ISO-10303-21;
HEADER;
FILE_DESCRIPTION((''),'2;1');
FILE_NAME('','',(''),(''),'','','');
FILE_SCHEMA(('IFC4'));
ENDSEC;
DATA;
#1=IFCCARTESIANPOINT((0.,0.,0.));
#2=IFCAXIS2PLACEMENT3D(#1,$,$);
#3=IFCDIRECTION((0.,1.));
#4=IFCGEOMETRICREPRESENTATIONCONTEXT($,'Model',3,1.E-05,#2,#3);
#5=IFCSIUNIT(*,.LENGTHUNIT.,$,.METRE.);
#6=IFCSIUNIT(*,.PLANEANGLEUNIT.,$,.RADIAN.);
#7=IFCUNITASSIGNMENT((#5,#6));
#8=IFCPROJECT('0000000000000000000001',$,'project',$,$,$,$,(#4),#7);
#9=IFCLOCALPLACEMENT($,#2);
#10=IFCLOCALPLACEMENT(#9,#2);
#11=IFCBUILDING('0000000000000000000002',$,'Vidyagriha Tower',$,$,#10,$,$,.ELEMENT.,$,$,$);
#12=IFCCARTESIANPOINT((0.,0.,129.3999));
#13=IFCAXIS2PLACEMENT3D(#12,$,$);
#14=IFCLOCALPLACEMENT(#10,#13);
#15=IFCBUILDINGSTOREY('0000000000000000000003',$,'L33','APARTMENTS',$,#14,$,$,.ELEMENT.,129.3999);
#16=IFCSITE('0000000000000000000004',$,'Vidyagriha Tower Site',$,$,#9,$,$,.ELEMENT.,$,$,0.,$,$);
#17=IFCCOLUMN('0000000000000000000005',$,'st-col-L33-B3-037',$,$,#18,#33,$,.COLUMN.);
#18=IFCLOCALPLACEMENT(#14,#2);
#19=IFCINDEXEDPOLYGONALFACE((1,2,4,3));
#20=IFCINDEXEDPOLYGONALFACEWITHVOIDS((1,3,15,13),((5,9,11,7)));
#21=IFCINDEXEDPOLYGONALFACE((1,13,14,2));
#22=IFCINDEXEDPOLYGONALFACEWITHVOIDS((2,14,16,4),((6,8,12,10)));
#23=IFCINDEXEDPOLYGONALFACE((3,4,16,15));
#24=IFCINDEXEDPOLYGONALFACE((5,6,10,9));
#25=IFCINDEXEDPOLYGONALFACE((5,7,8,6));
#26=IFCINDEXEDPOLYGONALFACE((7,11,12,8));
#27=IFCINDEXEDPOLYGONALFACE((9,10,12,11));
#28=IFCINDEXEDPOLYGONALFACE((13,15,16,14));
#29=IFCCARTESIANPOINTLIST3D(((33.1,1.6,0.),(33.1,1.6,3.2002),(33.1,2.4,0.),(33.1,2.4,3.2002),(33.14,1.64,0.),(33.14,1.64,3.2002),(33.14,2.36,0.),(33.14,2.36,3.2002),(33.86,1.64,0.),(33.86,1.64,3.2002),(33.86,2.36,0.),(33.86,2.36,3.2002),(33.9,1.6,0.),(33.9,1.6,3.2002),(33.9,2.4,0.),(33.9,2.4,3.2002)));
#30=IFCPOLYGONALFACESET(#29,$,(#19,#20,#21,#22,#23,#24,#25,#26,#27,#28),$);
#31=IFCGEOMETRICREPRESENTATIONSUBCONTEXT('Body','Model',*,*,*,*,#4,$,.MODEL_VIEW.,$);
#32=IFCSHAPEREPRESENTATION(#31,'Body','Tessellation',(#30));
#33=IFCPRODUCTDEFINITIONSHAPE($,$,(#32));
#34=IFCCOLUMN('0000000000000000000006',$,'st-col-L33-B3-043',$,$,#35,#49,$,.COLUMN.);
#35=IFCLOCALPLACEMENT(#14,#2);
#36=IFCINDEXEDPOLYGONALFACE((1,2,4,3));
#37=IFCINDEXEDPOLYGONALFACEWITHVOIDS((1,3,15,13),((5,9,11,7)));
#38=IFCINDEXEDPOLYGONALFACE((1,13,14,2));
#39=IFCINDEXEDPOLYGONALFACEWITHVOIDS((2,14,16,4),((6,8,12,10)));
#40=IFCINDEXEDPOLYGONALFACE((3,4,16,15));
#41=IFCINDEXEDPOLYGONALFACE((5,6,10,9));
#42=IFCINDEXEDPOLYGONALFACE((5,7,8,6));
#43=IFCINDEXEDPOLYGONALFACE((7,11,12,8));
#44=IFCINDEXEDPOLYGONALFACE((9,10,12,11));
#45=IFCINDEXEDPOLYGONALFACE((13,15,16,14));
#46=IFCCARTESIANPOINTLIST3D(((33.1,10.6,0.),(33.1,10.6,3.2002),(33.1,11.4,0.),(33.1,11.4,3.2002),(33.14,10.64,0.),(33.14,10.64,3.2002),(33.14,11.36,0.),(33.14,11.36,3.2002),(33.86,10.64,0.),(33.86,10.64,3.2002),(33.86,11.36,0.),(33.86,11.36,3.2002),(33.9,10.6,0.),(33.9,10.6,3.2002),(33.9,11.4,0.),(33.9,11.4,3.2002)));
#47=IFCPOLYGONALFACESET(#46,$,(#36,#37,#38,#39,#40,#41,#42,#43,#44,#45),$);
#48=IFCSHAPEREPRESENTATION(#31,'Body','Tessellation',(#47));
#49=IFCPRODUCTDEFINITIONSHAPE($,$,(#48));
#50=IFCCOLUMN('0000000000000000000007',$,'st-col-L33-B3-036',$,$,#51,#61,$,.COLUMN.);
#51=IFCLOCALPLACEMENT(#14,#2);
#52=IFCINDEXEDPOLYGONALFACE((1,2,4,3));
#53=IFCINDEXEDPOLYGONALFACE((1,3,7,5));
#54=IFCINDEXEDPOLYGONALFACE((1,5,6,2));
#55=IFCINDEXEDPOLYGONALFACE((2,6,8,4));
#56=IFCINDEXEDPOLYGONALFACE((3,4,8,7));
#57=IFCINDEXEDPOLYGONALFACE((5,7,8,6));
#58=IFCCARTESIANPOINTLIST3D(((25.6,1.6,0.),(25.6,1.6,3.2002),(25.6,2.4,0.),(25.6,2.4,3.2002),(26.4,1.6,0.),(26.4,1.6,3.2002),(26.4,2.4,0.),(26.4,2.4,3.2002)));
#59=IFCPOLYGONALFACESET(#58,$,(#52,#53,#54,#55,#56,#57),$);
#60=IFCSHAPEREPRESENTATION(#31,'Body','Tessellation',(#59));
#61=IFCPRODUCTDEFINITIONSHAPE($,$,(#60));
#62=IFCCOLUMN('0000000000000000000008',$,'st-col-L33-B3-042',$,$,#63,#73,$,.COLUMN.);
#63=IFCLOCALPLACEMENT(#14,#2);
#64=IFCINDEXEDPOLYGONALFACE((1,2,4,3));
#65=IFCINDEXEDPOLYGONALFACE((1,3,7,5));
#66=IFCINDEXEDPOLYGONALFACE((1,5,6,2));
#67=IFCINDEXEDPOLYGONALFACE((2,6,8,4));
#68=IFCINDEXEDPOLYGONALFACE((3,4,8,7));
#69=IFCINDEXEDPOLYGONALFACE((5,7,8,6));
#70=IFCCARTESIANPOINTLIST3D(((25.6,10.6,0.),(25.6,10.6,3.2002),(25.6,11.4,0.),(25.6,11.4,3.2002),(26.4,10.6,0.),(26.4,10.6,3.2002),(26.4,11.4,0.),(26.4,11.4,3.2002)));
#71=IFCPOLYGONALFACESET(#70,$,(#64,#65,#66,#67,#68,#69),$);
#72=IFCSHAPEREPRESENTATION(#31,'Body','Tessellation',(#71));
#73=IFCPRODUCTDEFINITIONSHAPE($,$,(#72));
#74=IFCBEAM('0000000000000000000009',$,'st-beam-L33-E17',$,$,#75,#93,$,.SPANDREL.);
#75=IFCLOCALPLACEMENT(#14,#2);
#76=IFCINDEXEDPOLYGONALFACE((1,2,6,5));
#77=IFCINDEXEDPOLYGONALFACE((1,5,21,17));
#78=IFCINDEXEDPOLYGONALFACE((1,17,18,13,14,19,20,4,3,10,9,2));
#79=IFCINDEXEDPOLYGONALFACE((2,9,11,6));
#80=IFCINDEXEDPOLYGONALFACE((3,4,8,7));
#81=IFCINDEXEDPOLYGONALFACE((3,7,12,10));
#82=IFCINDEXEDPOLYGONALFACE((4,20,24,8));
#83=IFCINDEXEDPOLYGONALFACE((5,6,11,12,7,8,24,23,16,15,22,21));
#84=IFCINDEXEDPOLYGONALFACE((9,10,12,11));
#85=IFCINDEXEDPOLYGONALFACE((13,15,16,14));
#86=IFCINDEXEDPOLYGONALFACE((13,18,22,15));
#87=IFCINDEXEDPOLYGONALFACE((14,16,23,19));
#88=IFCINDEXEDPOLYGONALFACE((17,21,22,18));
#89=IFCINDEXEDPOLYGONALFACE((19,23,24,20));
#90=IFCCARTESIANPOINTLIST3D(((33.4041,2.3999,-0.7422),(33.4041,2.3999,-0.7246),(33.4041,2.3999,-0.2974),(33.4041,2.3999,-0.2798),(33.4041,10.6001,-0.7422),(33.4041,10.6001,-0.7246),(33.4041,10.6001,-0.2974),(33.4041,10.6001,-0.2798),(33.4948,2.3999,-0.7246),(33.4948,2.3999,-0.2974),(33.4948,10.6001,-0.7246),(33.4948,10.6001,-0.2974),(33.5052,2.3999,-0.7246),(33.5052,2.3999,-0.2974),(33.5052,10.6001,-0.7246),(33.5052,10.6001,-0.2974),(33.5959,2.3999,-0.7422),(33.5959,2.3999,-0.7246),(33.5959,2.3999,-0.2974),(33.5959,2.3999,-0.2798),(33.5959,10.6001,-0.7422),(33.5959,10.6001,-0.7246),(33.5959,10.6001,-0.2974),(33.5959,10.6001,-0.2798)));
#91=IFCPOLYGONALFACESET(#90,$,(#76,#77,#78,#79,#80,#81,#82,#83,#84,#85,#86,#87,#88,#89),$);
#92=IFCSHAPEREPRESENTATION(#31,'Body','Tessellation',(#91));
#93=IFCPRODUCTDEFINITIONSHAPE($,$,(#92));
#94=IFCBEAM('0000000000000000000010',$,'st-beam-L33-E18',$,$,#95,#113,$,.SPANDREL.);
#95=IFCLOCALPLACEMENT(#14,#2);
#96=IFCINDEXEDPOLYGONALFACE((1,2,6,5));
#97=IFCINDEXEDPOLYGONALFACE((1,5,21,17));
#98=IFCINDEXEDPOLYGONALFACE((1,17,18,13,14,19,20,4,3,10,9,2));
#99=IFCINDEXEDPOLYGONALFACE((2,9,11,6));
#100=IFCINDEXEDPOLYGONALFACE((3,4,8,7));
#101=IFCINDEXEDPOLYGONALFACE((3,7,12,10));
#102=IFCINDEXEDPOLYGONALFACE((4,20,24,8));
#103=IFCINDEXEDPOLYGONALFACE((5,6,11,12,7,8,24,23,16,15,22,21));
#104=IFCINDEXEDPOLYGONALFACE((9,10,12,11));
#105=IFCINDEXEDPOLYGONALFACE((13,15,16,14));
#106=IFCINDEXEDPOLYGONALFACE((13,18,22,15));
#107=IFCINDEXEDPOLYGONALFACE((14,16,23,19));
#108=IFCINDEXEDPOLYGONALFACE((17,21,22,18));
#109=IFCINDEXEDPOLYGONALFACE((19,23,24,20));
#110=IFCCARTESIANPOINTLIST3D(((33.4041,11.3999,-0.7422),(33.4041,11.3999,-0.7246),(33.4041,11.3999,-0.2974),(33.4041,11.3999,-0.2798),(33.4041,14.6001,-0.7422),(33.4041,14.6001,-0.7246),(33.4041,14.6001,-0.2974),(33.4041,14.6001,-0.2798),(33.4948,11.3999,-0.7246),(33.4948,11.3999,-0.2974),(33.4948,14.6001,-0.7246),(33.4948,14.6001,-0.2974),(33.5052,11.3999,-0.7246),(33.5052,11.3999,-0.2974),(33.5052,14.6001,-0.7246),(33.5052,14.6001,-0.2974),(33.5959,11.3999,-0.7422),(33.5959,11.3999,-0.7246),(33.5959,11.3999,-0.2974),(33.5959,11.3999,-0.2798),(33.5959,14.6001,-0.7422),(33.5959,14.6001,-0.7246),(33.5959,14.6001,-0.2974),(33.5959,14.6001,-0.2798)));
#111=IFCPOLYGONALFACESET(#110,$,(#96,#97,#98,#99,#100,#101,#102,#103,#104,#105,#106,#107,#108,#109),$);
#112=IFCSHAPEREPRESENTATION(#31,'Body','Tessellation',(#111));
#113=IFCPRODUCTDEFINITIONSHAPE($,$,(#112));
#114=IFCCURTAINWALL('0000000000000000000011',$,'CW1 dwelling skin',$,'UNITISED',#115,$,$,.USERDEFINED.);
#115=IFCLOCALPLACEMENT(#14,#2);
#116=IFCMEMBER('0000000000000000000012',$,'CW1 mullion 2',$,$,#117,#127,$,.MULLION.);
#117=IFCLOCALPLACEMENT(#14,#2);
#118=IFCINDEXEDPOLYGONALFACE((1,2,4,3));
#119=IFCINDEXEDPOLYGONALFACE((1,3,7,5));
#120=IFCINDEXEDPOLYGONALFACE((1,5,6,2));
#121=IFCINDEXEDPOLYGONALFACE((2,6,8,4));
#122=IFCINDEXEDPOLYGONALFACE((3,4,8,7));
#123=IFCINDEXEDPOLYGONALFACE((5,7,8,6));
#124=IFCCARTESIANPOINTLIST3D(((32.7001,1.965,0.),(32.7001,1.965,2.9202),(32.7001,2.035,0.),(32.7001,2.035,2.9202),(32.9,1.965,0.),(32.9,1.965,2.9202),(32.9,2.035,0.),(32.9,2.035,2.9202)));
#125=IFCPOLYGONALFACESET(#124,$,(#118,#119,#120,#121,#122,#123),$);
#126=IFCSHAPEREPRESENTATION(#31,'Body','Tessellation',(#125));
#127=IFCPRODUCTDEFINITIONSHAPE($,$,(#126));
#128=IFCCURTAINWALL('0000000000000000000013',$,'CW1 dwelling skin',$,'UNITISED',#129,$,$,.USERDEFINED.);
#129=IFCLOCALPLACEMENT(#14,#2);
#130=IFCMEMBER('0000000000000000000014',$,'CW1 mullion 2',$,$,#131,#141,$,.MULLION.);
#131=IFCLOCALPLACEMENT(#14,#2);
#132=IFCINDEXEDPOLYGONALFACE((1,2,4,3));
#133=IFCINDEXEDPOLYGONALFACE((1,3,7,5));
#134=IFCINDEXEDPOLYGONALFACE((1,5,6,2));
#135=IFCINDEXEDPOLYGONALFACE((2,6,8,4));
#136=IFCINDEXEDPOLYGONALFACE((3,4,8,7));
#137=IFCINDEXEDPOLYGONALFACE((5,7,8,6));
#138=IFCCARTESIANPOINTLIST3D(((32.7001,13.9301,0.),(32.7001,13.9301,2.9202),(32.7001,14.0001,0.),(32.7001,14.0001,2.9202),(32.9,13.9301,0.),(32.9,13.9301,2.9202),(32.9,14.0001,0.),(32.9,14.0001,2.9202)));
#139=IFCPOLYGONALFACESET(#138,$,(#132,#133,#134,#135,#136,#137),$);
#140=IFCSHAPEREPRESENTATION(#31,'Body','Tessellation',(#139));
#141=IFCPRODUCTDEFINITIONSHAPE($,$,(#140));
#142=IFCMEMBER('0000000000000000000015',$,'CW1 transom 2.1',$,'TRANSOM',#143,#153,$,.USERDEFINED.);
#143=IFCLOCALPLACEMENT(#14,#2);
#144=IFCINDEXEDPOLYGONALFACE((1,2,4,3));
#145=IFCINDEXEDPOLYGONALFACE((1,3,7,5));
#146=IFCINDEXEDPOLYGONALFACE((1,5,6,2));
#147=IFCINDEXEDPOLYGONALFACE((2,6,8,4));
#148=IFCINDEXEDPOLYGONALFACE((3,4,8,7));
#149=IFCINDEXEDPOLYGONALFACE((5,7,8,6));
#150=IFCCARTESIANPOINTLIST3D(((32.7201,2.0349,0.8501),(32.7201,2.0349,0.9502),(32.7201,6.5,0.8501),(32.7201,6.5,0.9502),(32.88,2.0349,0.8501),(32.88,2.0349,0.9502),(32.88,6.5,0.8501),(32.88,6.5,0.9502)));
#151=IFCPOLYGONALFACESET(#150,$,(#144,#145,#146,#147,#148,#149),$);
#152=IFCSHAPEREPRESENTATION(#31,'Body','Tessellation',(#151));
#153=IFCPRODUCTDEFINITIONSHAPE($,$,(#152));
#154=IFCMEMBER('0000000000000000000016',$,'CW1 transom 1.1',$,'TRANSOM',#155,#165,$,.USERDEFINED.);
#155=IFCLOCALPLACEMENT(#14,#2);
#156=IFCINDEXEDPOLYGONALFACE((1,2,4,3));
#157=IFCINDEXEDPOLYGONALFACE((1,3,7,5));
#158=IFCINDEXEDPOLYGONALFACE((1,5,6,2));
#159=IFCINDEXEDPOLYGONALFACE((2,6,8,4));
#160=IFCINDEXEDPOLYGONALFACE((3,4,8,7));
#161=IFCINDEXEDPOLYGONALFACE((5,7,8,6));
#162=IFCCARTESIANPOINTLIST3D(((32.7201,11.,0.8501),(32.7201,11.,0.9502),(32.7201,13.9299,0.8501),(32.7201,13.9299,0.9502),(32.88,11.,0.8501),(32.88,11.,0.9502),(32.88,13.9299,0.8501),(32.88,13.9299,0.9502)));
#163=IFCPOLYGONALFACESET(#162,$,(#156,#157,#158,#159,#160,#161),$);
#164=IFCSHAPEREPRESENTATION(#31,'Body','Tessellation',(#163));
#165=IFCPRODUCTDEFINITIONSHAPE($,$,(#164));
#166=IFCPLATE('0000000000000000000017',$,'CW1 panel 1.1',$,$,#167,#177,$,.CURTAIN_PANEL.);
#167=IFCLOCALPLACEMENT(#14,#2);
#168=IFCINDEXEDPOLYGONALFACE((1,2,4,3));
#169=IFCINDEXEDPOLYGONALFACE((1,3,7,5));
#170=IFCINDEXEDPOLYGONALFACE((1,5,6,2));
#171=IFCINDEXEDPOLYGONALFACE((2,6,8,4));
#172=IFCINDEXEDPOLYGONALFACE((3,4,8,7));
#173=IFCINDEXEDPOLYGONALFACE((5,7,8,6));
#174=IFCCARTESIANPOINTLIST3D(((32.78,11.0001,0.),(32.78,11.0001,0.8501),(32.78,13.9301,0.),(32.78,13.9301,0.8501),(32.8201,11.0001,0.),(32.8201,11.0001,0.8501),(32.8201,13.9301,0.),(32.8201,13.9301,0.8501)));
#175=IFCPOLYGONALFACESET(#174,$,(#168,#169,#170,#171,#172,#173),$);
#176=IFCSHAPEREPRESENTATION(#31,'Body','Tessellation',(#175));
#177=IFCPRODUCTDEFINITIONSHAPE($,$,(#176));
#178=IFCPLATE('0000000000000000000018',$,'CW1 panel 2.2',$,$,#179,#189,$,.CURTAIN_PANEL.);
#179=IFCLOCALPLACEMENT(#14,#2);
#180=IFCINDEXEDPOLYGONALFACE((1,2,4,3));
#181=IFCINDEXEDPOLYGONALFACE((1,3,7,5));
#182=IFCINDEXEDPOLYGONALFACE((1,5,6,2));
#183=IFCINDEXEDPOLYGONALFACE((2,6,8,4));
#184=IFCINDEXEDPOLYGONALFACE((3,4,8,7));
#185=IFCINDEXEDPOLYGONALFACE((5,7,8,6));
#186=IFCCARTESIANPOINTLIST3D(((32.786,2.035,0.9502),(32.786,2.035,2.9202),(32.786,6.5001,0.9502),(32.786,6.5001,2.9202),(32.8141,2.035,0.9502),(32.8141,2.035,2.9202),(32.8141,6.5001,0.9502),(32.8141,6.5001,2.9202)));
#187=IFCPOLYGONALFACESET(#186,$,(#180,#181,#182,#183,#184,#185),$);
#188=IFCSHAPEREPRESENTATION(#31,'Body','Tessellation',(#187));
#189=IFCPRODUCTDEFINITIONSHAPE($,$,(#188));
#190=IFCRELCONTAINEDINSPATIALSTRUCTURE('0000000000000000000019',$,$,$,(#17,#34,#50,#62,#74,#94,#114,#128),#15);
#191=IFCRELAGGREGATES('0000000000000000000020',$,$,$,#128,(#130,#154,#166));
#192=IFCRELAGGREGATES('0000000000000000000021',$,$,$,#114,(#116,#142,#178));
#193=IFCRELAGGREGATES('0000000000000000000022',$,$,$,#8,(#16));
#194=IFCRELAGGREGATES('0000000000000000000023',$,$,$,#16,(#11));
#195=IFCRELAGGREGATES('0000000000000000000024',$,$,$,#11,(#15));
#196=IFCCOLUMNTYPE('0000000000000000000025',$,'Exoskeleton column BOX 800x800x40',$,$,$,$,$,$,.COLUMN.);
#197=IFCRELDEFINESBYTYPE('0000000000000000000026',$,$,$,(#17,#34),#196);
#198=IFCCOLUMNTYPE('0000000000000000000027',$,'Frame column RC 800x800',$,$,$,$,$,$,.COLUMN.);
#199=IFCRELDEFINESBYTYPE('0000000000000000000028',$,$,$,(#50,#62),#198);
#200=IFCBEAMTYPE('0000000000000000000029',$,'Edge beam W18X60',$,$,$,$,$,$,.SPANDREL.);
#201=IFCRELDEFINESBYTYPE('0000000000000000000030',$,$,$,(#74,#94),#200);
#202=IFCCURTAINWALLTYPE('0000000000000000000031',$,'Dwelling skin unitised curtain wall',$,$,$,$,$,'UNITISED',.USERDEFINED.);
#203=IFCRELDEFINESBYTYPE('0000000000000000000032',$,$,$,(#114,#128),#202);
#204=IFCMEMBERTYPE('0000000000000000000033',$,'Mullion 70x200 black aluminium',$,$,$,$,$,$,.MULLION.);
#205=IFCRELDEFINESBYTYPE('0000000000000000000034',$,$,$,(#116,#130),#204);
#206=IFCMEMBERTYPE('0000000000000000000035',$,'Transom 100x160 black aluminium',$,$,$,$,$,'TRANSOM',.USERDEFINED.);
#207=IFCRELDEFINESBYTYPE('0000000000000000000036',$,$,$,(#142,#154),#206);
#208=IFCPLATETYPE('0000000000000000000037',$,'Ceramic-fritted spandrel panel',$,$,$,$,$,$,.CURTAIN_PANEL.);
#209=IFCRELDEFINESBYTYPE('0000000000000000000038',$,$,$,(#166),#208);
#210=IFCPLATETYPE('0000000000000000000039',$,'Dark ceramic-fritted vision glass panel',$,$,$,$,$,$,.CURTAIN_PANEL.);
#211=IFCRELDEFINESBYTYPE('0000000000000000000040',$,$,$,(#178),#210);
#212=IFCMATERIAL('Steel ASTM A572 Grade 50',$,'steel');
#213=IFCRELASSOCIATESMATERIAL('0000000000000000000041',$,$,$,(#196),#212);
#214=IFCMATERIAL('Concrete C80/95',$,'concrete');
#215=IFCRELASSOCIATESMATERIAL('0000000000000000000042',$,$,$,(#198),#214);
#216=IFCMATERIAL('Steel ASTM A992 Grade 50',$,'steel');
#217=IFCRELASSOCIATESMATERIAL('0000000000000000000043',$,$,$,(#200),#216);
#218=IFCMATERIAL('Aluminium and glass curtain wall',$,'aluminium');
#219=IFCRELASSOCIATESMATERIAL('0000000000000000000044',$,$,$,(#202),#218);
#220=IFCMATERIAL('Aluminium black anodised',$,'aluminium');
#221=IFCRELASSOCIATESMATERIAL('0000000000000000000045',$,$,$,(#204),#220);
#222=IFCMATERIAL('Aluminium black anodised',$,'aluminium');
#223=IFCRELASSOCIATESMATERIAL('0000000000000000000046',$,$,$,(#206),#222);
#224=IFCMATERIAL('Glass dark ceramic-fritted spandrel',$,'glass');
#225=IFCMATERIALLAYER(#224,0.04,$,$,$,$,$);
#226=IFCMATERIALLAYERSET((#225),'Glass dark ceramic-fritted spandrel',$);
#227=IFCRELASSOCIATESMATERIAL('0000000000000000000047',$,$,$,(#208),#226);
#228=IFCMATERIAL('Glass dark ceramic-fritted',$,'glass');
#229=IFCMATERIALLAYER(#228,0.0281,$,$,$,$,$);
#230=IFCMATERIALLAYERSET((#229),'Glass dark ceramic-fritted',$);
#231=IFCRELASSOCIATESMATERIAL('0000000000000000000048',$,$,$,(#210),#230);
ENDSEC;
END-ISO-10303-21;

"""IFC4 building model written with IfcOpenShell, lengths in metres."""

from ifc_helpers import new_model, si_unit, direction, frame, origin, origin_2d, place, context, subcontext, project, spatial, rectangle, hollow_rectangle, i_section, extrude, material, layer, layer_set, material_profile, profile_set, type_object, element, aggregate, save


model = new_model("IFC4")

# Units and contexts
model_context = context("Model", 3, precision=1e-05, world=origin(), true_north=direction((0.0, 1.0)))
body_context = subcontext(model_context, "Body", "Model", "MODEL_VIEW")
ifc_project = project(units=[si_unit("LENGTHUNIT", "METRE"), si_unit("PLANEANGLEUNIT", "RADIAN")], contexts=[model_context])

# Site, building, storey
site_placement = place(None, origin())
site = spatial("IfcSite", under=ifc_project, at=site_placement, Name="Vidyagriha Tower Site", CompositionType="ELEMENT", RefElevation=0.0)
building_placement = place(site_placement, origin())
building = spatial("IfcBuilding", under=site, at=building_placement, Name="Vidyagriha Tower", CompositionType="ELEMENT")
storey_placement = place(building_placement, frame((0.0, 0.0, 129.3999)))
storey = spatial("IfcBuildingStorey", under=building, at=storey_placement, Name="L33", Description="APARTMENTS", CompositionType="ELEMENT", Elevation=129.3999)

# Columns
ifc_material_1 = material(Name="Steel ASTM A572 Grade 50", Category="steel")
ifc_material_profile_1 = material_profile(ifc_material_1, hollow_rectangle(XDim=0.8, YDim=0.8, WallThickness=0.04, at=origin_2d()), Name="BOX 800x800x40")
ifc_profile_set_1 = profile_set([ifc_material_profile_1], Name="Steel ASTM A572 Grade 50")
column_type_1 = type_object("IfcColumnType", Name="Exoskeleton column BOX 800x800x40", PredefinedType="COLUMN", material=ifc_profile_set_1)
for number, where, name in (
    (1, (33.5, 2.0, 0.0), "st-col-L33-B3-037"),
    (2, (33.5, 11.0, 0.0), "st-col-L33-B3-043"),
):
    element("IfcColumn", number, at=place(storey_placement, frame(where)), inside=storey, type_object=column_type_1, Name=name, PredefinedType="COLUMN", context=body_context, shape_type="SweptSolid", body=[
        extrude(hollow_rectangle(XDim=0.8, YDim=0.8, WallThickness=0.04, at=origin_2d()), origin(), (0.0, 0.0, 1.0), 3.2002),
    ])
ifc_material_2 = material(Name="Concrete C80/95", Category="concrete")
ifc_material_profile_2 = material_profile(ifc_material_2, rectangle(XDim=0.8, YDim=0.8, at=origin_2d()), Name="RC 800x800")
ifc_profile_set_2 = profile_set([ifc_material_profile_2], Name="Concrete C80/95")
column_type_2 = type_object("IfcColumnType", Name="Frame column RC 800x800", PredefinedType="COLUMN", material=ifc_profile_set_2)
for number, where, name in (
    (3, (26.0, 2.0, 0.0), "st-col-L33-B3-036"),
    (4, (26.0, 11.0, 0.0), "st-col-L33-B3-042"),
):
    element("IfcColumn", number, at=place(storey_placement, frame(where)), inside=storey, type_object=column_type_2, Name=name, PredefinedType="COLUMN", context=body_context, shape_type="SweptSolid", body=[
        extrude(rectangle(XDim=0.8, YDim=0.8, at=origin_2d()), origin(), (0.0, 0.0, 1.0), 3.2002),
    ])

# Beams
ifc_material_3 = material(Name="Steel ASTM A992 Grade 50", Category="steel")
ifc_material_profile_3 = material_profile(ifc_material_3, i_section(OverallWidth=0.1919, OverallDepth=0.4624, WebThickness=0.0105, FlangeThickness=0.0176, at=origin_2d()), Name="W18X60")
ifc_profile_set_3 = profile_set([ifc_material_profile_3], Name="Steel ASTM A992 Grade 50")
beam_type = type_object("IfcBeamType", Name="Edge beam W18X60", PredefinedType="SPANDREL", material=ifc_profile_set_3)
beam_1_placement = place(storey_placement, frame((33.5, 2.3999, -0.511), z_axis=(0.0, 1.0, 0.0), x_axis=(-1.0, 0.0, 0.0)))
element("IfcBeam", 5, at=beam_1_placement, inside=storey, type_object=beam_type, Name="st-beam-L33-E17", PredefinedType="SPANDREL", context=body_context, shape_type="SweptSolid", body=[
    extrude(i_section(OverallWidth=0.1919, OverallDepth=0.4624, WebThickness=0.0105, FlangeThickness=0.0176, at=origin_2d()), origin(), (0.0, 0.0, 1.0), 8.2002),
])
beam_2_placement = place(storey_placement, frame((33.5, 11.3999, -0.511), z_axis=(0.0, 1.0, 0.0), x_axis=(-1.0, 0.0, 0.0)))
element("IfcBeam", 6, at=beam_2_placement, inside=storey, type_object=beam_type, Name="st-beam-L33-E18", PredefinedType="SPANDREL", context=body_context, shape_type="SweptSolid", body=[
    extrude(i_section(OverallWidth=0.1919, OverallDepth=0.4624, WebThickness=0.0105, FlangeThickness=0.0176, at=origin_2d()), origin(), (0.0, 0.0, 1.0), 3.2002),
])

# Curtain walls, members
ifc_material_4 = material(Name="Aluminium and glass curtain wall", Category="aluminium")
curtain_wall_type = type_object("IfcCurtainWallType", Name="Dwelling skin unitised curtain wall", ElementType="UNITISED", PredefinedType="USERDEFINED", material=ifc_material_4)
curtain_wall_1_placement = place(storey_placement, origin())
curtain_wall_1 = element("IfcCurtainWall", 7, at=curtain_wall_1_placement, inside=storey, type_object=curtain_wall_type, Name="CW1 dwelling skin", ObjectType="UNITISED", PredefinedType="USERDEFINED")
ifc_material_5 = material(Name="Aluminium black anodised", Category="aluminium")
ifc_material_profile_4 = material_profile(ifc_material_5, rectangle(XDim=0.2, YDim=0.0701, at=origin_2d()), Name="Mullion 70x200 black aluminium")
ifc_profile_set_4 = profile_set([ifc_material_profile_4], Name="Aluminium black anodised")
member_type_1 = type_object("IfcMemberType", Name="Mullion 70x200 black aluminium", PredefinedType="MULLION", material=ifc_profile_set_4)
member_1_placement = place(storey_placement, frame((32.8, 2.0, 0.0), z_axis=(0.0, 0.0, 1.0), x_axis=(-1.0, 0.0, 0.0)))
member_1 = element("IfcMember", 8, at=member_1_placement, type_object=member_type_1, Name="CW1 mullion 2", PredefinedType="MULLION", context=body_context, shape_type="SweptSolid", body=[
    extrude(rectangle(XDim=0.2, YDim=0.0701, at=origin_2d()), origin(), (0.0, 0.0, 1.0), 2.9202),
])
curtain_wall_2_placement = place(storey_placement, origin())
curtain_wall_2 = element("IfcCurtainWall", 9, at=curtain_wall_2_placement, inside=storey, type_object=curtain_wall_type, Name="CW1 dwelling skin", ObjectType="UNITISED", PredefinedType="USERDEFINED")
member_2_placement = place(storey_placement, frame((32.8, 13.9651, 0.0), z_axis=(0.0, 0.0, 1.0), x_axis=(-1.0, 0.0, 0.0)))
member_2 = element("IfcMember", 10, at=member_2_placement, type_object=member_type_1, Name="CW1 mullion 2", PredefinedType="MULLION", context=body_context, shape_type="SweptSolid", body=[
    extrude(rectangle(XDim=0.2, YDim=0.0701, at=origin_2d()), origin(), (0.0, 0.0, 1.0), 2.9202),
])

# Members
ifc_material_6 = material(Name="Aluminium black anodised", Category="aluminium")
ifc_material_profile_5 = material_profile(ifc_material_6, rectangle(XDim=0.1599, YDim=0.1001, at=origin_2d()), Name="Transom 100x160 black aluminium")
ifc_profile_set_5 = profile_set([ifc_material_profile_5], Name="Aluminium black anodised")
member_type_2 = type_object("IfcMemberType", Name="Transom 100x160 black aluminium", ElementType="TRANSOM", PredefinedType="USERDEFINED", material=ifc_profile_set_5)
member_3_placement = place(storey_placement, frame((32.8, 2.0349, 0.9001), z_axis=(0.0, 1.0, 0.0), x_axis=(-1.0, 0.0, 0.0)))
member_3 = element("IfcMember", 11, at=member_3_placement, type_object=member_type_2, Name="CW1 transom 2.1", ObjectType="TRANSOM", PredefinedType="USERDEFINED", context=body_context, shape_type="SweptSolid", body=[
    extrude(rectangle(XDim=0.1599, YDim=0.1001, at=origin_2d()), origin(), (0.0, 0.0, 1.0), 4.4651),
])
member_4_placement = place(storey_placement, frame((32.8, 11.0, 0.9001), z_axis=(0.0, 1.0, 0.0), x_axis=(-1.0, 0.0, 0.0)))
member_4 = element("IfcMember", 12, at=member_4_placement, type_object=member_type_2, Name="CW1 transom 1.1", ObjectType="TRANSOM", PredefinedType="USERDEFINED", context=body_context, shape_type="SweptSolid", body=[
    extrude(rectangle(XDim=0.1599, YDim=0.1001, at=origin_2d()), origin(), (0.0, 0.0, 1.0), 2.9299),
])

# Plates
ifc_material_7 = material(Name="Glass dark ceramic-fritted spandrel", Category="glass")
ifc_layer_1 = layer(ifc_material_7, 0.04)
ifc_layer_set_1 = layer_set([ifc_layer_1], Name="Glass dark ceramic-fritted spandrel")
plate_type_1 = type_object("IfcPlateType", Name="Ceramic-fritted spandrel panel", PredefinedType="CURTAIN_PANEL", material=ifc_layer_set_1)
plate_1_placement = place(storey_placement, frame((32.8, 12.4651, 0.0), z_axis=(0.0, 0.0, 1.0), x_axis=(0.0, 1.0, 0.0)))
plate_1 = element("IfcPlate", 13, at=plate_1_placement, type_object=plate_type_1, Name="CW1 panel 1.1", PredefinedType="CURTAIN_PANEL", context=body_context, shape_type="SweptSolid", body=[
    extrude(rectangle(XDim=2.9299, YDim=0.04, at=origin_2d()), origin(), (0.0, 0.0, 1.0), 0.8501),
])
ifc_material_8 = material(Name="Glass dark ceramic-fritted", Category="glass")
ifc_layer_2 = layer(ifc_material_8, 0.0281)
ifc_layer_set_2 = layer_set([ifc_layer_2], Name="Glass dark ceramic-fritted")
plate_type_2 = type_object("IfcPlateType", Name="Dark ceramic-fritted vision glass panel", PredefinedType="CURTAIN_PANEL", material=ifc_layer_set_2)
plate_2_placement = place(storey_placement, frame((32.8, 4.2676, 0.9502), z_axis=(0.0, 0.0, 1.0), x_axis=(0.0, 1.0, 0.0)))
plate_2 = element("IfcPlate", 14, at=plate_2_placement, type_object=plate_type_2, Name="CW1 panel 2.2", PredefinedType="CURTAIN_PANEL", context=body_context, shape_type="SweptSolid", body=[
    extrude(rectangle(XDim=4.4651, YDim=0.0281, at=origin_2d()), origin(), (0.0, 0.0, 1.0), 1.97),
])
aggregate(curtain_wall_2, [member_2, member_4, plate_1])
aggregate(curtain_wall_1, [member_1, member_3, plate_2])

save(model, "model.ifc")
